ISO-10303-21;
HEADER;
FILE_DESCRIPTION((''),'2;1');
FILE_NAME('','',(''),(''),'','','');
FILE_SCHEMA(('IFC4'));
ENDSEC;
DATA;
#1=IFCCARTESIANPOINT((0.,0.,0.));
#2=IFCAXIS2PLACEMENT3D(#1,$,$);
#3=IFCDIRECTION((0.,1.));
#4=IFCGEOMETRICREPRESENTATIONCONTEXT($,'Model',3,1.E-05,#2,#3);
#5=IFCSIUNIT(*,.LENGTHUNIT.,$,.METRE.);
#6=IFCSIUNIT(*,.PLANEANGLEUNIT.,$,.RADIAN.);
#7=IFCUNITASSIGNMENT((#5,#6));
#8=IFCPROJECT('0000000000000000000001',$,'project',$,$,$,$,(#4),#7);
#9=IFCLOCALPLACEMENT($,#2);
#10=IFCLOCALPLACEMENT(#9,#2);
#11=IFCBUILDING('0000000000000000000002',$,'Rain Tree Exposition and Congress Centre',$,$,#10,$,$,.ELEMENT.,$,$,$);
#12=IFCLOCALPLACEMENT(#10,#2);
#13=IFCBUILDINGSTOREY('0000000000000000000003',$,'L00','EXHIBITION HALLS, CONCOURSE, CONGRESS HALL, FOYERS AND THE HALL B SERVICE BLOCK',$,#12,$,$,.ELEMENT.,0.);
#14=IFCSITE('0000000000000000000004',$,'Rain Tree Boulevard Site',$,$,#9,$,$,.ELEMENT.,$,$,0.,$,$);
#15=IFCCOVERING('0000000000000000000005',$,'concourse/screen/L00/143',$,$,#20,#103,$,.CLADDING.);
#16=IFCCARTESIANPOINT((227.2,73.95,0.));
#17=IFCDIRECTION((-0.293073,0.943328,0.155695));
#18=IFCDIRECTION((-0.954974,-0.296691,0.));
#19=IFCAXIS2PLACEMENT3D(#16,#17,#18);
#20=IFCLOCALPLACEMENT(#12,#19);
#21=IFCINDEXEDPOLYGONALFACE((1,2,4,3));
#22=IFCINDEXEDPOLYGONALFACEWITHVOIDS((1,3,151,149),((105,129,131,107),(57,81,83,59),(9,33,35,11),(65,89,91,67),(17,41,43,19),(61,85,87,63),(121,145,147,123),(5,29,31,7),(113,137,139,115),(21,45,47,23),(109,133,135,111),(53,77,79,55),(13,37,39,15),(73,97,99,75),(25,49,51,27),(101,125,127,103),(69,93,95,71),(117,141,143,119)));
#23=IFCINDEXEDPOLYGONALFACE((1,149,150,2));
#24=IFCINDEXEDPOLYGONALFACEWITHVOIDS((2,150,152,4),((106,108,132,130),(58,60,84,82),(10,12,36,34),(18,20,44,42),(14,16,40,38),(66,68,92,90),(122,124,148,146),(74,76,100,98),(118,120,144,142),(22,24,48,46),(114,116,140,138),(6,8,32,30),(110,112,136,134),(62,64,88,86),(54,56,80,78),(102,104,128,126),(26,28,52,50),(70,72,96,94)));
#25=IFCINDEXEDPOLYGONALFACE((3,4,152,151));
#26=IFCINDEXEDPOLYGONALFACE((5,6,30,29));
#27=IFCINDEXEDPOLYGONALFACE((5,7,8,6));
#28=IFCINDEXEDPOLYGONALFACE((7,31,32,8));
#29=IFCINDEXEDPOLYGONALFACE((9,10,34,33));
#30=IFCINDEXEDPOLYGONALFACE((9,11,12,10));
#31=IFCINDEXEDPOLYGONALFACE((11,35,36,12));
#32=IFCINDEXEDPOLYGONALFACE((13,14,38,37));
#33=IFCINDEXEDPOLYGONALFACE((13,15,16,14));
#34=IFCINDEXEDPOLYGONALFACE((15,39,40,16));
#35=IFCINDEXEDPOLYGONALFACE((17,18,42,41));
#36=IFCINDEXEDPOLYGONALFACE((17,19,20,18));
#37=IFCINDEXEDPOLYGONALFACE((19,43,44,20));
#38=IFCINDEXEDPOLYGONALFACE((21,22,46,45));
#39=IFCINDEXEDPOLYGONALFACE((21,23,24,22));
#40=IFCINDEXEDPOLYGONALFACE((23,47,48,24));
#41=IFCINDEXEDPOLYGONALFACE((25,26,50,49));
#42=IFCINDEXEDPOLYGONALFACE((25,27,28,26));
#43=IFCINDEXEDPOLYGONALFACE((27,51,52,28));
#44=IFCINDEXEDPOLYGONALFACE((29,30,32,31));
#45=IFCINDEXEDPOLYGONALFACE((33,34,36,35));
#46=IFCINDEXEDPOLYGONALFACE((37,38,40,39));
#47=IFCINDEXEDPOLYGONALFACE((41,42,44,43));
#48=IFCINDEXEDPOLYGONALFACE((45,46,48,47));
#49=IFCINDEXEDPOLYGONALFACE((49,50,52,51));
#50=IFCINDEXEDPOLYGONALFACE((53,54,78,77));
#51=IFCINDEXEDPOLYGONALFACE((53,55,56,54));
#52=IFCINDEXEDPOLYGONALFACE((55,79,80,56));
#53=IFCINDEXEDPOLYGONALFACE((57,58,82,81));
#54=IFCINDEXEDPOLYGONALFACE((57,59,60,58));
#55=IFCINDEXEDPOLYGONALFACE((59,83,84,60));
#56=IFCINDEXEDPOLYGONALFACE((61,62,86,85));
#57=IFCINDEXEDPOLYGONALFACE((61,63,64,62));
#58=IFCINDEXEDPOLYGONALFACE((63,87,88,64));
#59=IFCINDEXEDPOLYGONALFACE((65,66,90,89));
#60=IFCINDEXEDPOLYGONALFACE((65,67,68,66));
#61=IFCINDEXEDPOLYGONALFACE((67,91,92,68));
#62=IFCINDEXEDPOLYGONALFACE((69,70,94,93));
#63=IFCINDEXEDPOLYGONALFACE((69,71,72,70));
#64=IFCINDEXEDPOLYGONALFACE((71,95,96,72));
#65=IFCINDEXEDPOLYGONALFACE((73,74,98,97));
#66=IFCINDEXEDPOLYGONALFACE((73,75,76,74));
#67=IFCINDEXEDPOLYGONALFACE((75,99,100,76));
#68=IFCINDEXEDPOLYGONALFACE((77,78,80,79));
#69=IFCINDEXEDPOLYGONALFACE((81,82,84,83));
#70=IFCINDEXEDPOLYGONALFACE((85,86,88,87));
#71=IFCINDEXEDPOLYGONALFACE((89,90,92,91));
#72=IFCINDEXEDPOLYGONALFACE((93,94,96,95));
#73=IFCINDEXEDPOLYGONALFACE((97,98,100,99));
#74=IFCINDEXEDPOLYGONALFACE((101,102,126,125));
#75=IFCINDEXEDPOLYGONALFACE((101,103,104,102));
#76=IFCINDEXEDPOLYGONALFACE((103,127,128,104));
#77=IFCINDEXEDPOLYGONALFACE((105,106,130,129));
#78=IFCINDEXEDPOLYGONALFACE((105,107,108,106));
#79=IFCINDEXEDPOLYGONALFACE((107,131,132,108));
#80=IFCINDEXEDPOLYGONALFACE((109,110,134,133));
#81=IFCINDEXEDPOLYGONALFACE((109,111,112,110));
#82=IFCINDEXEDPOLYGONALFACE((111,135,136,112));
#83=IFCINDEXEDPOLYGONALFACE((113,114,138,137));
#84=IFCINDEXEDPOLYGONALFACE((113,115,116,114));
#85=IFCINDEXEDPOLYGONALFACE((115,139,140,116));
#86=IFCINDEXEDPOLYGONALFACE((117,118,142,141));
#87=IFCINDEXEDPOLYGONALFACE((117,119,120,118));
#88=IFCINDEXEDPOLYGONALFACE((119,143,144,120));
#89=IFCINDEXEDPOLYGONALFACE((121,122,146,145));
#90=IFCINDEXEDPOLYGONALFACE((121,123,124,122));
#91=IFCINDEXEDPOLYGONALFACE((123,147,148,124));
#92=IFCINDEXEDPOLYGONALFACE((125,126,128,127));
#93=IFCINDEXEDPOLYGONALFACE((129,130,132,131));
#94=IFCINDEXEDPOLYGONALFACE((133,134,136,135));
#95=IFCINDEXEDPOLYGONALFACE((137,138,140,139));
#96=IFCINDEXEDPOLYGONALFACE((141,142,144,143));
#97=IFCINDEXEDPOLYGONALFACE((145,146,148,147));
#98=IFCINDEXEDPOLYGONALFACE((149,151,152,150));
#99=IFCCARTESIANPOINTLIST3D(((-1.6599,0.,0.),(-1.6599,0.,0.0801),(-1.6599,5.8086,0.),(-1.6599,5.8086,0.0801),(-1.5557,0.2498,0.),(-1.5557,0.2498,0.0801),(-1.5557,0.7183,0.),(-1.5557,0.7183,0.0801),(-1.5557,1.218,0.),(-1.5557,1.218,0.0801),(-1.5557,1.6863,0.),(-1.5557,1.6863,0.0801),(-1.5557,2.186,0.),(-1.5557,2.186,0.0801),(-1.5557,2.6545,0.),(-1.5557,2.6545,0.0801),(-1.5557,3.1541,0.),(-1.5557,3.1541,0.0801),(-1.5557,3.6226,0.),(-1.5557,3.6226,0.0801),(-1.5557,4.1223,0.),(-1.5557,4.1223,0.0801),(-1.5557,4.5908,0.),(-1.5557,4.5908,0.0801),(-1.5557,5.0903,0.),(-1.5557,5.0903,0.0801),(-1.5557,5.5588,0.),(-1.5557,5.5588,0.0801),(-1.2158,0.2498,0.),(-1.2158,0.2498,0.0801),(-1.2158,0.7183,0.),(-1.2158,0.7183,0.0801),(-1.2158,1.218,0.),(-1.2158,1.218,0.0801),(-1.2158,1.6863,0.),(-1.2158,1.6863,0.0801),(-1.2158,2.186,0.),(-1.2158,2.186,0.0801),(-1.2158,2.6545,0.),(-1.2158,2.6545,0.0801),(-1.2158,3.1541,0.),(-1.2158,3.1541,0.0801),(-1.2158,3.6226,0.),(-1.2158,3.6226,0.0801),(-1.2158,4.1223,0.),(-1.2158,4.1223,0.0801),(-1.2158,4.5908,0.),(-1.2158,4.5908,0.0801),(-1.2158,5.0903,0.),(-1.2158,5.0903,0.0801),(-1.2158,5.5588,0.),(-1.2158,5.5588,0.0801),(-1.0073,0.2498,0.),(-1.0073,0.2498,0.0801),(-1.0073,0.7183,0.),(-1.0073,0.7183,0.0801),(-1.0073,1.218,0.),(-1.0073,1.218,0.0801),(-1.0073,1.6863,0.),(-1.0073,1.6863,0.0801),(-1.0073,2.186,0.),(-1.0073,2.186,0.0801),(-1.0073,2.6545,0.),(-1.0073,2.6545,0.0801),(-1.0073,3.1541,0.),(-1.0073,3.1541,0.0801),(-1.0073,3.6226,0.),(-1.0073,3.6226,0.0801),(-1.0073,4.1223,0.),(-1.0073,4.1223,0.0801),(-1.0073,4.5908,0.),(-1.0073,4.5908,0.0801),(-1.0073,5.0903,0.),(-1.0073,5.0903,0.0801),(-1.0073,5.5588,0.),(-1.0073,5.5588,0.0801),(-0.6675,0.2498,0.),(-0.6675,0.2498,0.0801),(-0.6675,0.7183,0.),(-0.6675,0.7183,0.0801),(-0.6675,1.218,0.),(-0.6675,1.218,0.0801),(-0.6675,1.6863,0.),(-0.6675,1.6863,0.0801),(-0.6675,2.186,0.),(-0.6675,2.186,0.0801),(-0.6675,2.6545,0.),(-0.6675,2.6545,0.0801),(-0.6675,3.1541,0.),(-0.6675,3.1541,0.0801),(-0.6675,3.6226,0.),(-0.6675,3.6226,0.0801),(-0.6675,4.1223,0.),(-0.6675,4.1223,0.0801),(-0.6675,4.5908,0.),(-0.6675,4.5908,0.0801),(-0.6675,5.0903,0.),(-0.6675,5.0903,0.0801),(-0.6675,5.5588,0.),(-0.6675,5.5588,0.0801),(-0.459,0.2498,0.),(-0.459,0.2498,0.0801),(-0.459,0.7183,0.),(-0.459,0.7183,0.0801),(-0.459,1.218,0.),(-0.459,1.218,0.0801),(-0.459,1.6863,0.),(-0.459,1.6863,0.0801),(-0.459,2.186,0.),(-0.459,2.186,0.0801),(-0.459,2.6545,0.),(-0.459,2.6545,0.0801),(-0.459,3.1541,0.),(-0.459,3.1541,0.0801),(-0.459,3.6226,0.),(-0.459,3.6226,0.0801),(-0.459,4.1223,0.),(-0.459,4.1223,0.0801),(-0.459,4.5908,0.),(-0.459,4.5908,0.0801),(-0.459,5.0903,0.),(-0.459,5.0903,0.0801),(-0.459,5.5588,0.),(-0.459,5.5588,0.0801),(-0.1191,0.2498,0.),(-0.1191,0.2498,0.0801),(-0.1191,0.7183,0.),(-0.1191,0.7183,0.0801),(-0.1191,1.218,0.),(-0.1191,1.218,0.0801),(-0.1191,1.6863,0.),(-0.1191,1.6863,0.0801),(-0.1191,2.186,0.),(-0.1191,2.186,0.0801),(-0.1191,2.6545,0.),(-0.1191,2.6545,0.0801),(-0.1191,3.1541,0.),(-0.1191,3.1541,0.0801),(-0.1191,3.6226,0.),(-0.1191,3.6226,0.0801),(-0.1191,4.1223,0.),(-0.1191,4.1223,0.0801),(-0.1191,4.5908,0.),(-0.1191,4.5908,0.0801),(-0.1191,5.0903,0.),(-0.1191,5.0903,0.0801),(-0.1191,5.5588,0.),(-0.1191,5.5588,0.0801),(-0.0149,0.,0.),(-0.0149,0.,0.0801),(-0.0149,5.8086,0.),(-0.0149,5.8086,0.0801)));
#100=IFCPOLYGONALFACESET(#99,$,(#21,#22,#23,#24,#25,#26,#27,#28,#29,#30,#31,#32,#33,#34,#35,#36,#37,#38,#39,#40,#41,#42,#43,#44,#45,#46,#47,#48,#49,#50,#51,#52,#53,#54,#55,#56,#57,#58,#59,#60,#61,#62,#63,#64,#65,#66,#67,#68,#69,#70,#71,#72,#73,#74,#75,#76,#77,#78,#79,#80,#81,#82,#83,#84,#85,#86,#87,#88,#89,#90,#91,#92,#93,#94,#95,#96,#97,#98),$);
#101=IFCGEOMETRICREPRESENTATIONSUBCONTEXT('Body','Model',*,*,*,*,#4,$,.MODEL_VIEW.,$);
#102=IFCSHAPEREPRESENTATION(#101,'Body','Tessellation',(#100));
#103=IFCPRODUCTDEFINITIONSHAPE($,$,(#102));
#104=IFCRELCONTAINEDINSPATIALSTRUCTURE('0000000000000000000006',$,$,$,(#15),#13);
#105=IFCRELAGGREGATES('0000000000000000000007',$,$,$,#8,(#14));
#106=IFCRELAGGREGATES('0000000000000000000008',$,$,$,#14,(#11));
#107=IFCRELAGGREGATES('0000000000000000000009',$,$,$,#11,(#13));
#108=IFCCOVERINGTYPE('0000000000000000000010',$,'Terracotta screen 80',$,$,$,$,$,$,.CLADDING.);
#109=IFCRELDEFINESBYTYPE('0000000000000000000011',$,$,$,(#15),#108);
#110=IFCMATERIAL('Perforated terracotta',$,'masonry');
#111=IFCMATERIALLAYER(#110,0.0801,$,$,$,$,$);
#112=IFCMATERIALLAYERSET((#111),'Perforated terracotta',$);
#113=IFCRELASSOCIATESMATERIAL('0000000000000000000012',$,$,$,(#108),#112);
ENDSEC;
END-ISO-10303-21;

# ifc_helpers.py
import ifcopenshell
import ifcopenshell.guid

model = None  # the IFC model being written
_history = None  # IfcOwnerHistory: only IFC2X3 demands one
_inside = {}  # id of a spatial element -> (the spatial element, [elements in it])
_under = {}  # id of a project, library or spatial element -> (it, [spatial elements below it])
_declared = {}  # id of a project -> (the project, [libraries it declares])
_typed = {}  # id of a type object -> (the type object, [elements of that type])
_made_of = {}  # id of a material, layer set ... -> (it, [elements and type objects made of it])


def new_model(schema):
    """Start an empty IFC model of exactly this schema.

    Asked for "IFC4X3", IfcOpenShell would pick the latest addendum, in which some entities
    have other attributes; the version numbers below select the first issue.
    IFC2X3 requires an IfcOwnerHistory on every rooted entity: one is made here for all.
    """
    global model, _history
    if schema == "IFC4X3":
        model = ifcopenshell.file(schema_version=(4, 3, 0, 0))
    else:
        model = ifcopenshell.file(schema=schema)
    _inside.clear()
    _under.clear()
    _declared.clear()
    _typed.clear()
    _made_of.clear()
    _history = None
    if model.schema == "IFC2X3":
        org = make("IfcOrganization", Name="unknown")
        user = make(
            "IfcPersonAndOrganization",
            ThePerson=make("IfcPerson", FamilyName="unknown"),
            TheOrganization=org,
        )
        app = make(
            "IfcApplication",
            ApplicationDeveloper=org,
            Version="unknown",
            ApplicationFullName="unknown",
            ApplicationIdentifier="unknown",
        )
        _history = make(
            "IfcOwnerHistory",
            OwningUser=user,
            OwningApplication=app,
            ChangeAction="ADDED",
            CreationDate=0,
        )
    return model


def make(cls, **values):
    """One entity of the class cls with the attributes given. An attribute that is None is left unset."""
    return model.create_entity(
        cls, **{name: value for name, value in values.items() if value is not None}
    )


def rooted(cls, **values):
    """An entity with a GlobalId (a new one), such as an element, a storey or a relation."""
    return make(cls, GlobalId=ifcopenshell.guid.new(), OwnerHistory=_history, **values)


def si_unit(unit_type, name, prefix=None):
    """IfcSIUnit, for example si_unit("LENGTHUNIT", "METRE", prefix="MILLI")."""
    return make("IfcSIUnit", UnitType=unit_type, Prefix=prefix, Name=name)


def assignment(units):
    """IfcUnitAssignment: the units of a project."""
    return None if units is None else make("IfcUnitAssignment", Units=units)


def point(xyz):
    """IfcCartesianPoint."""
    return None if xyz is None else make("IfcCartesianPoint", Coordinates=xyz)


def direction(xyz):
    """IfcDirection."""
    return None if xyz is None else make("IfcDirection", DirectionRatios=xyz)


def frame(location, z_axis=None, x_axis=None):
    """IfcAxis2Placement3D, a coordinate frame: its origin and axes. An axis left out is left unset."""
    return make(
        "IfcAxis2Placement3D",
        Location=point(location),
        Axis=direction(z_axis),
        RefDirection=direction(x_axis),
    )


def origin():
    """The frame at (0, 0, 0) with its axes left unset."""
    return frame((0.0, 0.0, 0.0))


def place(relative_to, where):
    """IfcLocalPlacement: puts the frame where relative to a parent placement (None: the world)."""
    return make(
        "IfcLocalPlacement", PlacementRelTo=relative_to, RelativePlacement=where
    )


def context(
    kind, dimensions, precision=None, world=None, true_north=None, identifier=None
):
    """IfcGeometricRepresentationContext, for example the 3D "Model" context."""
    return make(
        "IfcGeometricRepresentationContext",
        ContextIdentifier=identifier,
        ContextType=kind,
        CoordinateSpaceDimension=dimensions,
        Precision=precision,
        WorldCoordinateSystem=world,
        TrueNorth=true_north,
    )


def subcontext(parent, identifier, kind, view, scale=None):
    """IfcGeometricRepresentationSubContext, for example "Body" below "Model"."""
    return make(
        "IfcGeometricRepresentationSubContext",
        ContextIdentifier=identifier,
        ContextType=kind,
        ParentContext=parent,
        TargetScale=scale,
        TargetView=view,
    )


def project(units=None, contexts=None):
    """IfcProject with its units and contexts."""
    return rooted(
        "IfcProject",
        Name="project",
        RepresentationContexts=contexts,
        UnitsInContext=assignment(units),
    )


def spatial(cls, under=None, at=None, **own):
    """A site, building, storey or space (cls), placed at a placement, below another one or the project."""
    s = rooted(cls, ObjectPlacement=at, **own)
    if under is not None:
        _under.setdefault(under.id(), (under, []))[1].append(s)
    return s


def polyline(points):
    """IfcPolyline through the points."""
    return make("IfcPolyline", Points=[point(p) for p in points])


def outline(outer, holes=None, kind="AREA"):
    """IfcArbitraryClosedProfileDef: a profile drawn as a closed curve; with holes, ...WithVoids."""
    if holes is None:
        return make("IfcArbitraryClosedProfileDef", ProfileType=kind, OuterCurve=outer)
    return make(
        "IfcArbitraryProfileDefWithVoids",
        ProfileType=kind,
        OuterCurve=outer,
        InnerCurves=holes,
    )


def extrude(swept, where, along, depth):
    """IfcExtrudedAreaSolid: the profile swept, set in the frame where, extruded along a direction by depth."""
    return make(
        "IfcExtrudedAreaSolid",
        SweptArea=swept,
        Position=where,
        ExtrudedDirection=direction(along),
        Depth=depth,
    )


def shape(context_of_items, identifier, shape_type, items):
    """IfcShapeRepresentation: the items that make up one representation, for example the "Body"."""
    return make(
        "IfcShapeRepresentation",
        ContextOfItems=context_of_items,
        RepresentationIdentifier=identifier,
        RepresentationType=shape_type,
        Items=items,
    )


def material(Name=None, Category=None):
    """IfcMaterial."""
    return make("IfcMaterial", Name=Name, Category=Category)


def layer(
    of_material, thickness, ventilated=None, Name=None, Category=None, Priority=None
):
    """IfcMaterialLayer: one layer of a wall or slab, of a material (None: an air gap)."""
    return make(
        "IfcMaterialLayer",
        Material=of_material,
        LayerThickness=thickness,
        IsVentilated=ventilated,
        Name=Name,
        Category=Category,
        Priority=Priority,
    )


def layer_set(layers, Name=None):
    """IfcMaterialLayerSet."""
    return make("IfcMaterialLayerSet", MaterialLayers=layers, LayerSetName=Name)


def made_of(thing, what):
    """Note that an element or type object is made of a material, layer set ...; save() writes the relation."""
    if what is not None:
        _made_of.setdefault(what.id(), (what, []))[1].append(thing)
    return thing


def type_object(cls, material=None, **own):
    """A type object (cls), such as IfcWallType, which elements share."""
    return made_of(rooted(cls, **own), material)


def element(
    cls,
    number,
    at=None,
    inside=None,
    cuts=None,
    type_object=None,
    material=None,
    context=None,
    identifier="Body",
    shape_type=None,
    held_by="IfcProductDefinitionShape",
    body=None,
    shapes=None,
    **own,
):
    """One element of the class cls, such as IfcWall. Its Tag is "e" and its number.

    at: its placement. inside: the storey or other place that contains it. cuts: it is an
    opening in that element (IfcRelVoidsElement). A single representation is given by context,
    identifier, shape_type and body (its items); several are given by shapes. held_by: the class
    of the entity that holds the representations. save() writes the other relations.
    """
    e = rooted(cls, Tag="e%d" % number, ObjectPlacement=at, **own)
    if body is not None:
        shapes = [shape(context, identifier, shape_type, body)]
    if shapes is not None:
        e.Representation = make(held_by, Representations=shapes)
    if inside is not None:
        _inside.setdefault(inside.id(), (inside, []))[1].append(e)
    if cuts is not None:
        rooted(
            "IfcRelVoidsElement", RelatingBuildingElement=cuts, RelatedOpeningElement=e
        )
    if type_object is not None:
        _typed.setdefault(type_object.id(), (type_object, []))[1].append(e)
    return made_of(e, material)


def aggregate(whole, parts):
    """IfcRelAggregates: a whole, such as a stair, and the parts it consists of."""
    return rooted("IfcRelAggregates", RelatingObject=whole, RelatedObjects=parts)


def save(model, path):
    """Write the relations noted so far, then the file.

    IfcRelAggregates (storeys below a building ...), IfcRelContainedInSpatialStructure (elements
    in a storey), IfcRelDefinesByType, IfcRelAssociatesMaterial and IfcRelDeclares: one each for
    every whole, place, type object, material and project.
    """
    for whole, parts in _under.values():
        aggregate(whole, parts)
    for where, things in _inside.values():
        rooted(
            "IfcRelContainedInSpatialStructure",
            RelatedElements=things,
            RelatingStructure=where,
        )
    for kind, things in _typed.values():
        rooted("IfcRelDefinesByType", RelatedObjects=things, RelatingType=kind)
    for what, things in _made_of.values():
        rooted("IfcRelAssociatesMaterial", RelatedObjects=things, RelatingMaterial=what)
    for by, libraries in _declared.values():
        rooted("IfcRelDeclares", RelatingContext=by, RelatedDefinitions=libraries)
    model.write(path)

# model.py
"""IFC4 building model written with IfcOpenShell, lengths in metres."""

from ifc_helpers import new_model, si_unit, direction, frame, origin, place, context, subcontext, project, spatial, polyline, outline, extrude, material, layer, layer_set, type_object, element, save


model = new_model("IFC4")

# Units and contexts
model_context = context("Model", 3, precision=1e-05, world=origin(), true_north=direction((0.0, 1.0)))
body_context = subcontext(model_context, "Body", "Model", "MODEL_VIEW")
ifc_project = project(units=[si_unit("LENGTHUNIT", "METRE"), si_unit("PLANEANGLEUNIT", "RADIAN")], contexts=[model_context])

# Site, building, storey
site_placement = place(None, origin())
site = spatial("IfcSite", under=ifc_project, at=site_placement, Name="Rain Tree Boulevard Site", CompositionType="ELEMENT", RefElevation=0.0)
building_placement = place(site_placement, origin())
building = spatial("IfcBuilding", under=site, at=building_placement, Name="Rain Tree Exposition and Congress Centre", CompositionType="ELEMENT")
storey_placement = place(building_placement, origin())
storey = spatial("IfcBuildingStorey", under=building, at=storey_placement, Name="L00", Description="EXHIBITION HALLS, CONCOURSE, CONGRESS HALL, FOYERS AND THE HALL B SERVICE BLOCK", CompositionType="ELEMENT", Elevation=0.0)

# Covering
ifc_material_1 = material(Name="Perforated terracotta", Category="masonry")
ifc_layer_1 = layer(ifc_material_1, 0.0801)
ifc_layer_set_1 = layer_set([ifc_layer_1], Name="Perforated terracotta")
covering_type = type_object("IfcCoveringType", Name="Terracotta screen 80", PredefinedType="CLADDING", material=ifc_layer_set_1)
covering_1_placement = place(storey_placement, frame((227.2, 73.95, 0.0), z_axis=(-0.293073, 0.943328, 0.155695), x_axis=(-0.954974, -0.296691, 0.0)))
element("IfcCovering", 1, at=covering_1_placement, inside=storey, type_object=covering_type, Name="concourse/screen/L00/143", PredefinedType="CLADDING", context=body_context, shape_type="SweptSolid", body=[
    extrude(outline(polyline([(-0.0149, 0.0), (-1.6599, 0.0), (-1.6599, 5.8086), (-0.0149, 5.8086), (-0.0149, 0.0)]), holes=[polyline([(-0.1191, 0.2498), (-0.1191, 0.7183), (-0.459, 0.7183), (-0.459, 0.2498), (-0.1191, 0.2498)]), polyline([(-0.1191, 1.218), (-0.1191, 1.6863), (-0.459, 1.6863), (-0.459, 1.218), (-0.1191, 1.218)]), polyline([(-0.1191, 2.186), (-0.1191, 2.6545), (-0.459, 2.6545), (-0.459, 2.186), (-0.1191, 2.186)]), polyline([(-0.1191, 3.1541), (-0.1191, 3.6226), (-0.459, 3.6226), (-0.459, 3.1541), (-0.1191, 3.1541)]), polyline([(-0.1191, 4.1223), (-0.1191, 4.5908), (-0.459, 4.5908), (-0.459, 4.1223), (-0.1191, 4.1223)]), polyline([(-0.1191, 5.0903), (-0.1191, 5.5588), (-0.459, 5.5588), (-0.459, 5.0903), (-0.1191, 5.0903)]), polyline([(-0.6675, 0.2498), (-0.6675, 0.7183), (-1.0073, 0.7183), (-1.0073, 0.2498), (-0.6675, 0.2498)]), polyline([(-0.6675, 1.218), (-0.6675, 1.6863), (-1.0073, 1.6863), (-1.0073, 1.218), (-0.6675, 1.218)]), polyline([(-0.6675, 2.186), (-0.6675, 2.6545), (-1.0073, 2.6545), (-1.0073, 2.186), (-0.6675, 2.186)]), polyline([(-0.6675, 3.1541), (-0.6675, 3.6226), (-1.0073, 3.6226), (-1.0073, 3.1541), (-0.6675, 3.1541)]), polyline([(-0.6675, 4.1223), (-0.6675, 4.5908), (-1.0073, 4.5908), (-1.0073, 4.1223), (-0.6675, 4.1223)]), polyline([(-0.6675, 5.0903), (-0.6675, 5.5588), (-1.0073, 5.5588), (-1.0073, 5.0903), (-0.6675, 5.0903)]), polyline([(-1.2158, 0.2498), (-1.2158, 0.7183), (-1.5557, 0.7183), (-1.5557, 0.2498), (-1.2158, 0.2498)]), polyline([(-1.2158, 1.218), (-1.2158, 1.6863), (-1.5557, 1.6863), (-1.5557, 1.218), (-1.2158, 1.218)]), polyline([(-1.2158, 2.186), (-1.2158, 2.6545), (-1.5557, 2.6545), (-1.5557, 2.186), (-1.2158, 2.186)]), polyline([(-1.2158, 3.1541), (-1.2158, 3.6226), (-1.5557, 3.6226), (-1.5557, 3.1541), (-1.2158, 3.1541)]), polyline([(-1.2158, 4.1223), (-1.2158, 4.5908), (-1.5557, 4.5908), (-1.5557, 4.1223), (-1.2158, 4.1223)]), polyline([(-1.2158, 5.0903), (-1.2158, 5.5588), (-1.5557, 5.5588), (-1.5557, 5.0903), (-1.2158, 5.0903)])]), origin(), (0.0, 0.0, 1.0), 0.0801),
])

save(model, "model.ifc")
